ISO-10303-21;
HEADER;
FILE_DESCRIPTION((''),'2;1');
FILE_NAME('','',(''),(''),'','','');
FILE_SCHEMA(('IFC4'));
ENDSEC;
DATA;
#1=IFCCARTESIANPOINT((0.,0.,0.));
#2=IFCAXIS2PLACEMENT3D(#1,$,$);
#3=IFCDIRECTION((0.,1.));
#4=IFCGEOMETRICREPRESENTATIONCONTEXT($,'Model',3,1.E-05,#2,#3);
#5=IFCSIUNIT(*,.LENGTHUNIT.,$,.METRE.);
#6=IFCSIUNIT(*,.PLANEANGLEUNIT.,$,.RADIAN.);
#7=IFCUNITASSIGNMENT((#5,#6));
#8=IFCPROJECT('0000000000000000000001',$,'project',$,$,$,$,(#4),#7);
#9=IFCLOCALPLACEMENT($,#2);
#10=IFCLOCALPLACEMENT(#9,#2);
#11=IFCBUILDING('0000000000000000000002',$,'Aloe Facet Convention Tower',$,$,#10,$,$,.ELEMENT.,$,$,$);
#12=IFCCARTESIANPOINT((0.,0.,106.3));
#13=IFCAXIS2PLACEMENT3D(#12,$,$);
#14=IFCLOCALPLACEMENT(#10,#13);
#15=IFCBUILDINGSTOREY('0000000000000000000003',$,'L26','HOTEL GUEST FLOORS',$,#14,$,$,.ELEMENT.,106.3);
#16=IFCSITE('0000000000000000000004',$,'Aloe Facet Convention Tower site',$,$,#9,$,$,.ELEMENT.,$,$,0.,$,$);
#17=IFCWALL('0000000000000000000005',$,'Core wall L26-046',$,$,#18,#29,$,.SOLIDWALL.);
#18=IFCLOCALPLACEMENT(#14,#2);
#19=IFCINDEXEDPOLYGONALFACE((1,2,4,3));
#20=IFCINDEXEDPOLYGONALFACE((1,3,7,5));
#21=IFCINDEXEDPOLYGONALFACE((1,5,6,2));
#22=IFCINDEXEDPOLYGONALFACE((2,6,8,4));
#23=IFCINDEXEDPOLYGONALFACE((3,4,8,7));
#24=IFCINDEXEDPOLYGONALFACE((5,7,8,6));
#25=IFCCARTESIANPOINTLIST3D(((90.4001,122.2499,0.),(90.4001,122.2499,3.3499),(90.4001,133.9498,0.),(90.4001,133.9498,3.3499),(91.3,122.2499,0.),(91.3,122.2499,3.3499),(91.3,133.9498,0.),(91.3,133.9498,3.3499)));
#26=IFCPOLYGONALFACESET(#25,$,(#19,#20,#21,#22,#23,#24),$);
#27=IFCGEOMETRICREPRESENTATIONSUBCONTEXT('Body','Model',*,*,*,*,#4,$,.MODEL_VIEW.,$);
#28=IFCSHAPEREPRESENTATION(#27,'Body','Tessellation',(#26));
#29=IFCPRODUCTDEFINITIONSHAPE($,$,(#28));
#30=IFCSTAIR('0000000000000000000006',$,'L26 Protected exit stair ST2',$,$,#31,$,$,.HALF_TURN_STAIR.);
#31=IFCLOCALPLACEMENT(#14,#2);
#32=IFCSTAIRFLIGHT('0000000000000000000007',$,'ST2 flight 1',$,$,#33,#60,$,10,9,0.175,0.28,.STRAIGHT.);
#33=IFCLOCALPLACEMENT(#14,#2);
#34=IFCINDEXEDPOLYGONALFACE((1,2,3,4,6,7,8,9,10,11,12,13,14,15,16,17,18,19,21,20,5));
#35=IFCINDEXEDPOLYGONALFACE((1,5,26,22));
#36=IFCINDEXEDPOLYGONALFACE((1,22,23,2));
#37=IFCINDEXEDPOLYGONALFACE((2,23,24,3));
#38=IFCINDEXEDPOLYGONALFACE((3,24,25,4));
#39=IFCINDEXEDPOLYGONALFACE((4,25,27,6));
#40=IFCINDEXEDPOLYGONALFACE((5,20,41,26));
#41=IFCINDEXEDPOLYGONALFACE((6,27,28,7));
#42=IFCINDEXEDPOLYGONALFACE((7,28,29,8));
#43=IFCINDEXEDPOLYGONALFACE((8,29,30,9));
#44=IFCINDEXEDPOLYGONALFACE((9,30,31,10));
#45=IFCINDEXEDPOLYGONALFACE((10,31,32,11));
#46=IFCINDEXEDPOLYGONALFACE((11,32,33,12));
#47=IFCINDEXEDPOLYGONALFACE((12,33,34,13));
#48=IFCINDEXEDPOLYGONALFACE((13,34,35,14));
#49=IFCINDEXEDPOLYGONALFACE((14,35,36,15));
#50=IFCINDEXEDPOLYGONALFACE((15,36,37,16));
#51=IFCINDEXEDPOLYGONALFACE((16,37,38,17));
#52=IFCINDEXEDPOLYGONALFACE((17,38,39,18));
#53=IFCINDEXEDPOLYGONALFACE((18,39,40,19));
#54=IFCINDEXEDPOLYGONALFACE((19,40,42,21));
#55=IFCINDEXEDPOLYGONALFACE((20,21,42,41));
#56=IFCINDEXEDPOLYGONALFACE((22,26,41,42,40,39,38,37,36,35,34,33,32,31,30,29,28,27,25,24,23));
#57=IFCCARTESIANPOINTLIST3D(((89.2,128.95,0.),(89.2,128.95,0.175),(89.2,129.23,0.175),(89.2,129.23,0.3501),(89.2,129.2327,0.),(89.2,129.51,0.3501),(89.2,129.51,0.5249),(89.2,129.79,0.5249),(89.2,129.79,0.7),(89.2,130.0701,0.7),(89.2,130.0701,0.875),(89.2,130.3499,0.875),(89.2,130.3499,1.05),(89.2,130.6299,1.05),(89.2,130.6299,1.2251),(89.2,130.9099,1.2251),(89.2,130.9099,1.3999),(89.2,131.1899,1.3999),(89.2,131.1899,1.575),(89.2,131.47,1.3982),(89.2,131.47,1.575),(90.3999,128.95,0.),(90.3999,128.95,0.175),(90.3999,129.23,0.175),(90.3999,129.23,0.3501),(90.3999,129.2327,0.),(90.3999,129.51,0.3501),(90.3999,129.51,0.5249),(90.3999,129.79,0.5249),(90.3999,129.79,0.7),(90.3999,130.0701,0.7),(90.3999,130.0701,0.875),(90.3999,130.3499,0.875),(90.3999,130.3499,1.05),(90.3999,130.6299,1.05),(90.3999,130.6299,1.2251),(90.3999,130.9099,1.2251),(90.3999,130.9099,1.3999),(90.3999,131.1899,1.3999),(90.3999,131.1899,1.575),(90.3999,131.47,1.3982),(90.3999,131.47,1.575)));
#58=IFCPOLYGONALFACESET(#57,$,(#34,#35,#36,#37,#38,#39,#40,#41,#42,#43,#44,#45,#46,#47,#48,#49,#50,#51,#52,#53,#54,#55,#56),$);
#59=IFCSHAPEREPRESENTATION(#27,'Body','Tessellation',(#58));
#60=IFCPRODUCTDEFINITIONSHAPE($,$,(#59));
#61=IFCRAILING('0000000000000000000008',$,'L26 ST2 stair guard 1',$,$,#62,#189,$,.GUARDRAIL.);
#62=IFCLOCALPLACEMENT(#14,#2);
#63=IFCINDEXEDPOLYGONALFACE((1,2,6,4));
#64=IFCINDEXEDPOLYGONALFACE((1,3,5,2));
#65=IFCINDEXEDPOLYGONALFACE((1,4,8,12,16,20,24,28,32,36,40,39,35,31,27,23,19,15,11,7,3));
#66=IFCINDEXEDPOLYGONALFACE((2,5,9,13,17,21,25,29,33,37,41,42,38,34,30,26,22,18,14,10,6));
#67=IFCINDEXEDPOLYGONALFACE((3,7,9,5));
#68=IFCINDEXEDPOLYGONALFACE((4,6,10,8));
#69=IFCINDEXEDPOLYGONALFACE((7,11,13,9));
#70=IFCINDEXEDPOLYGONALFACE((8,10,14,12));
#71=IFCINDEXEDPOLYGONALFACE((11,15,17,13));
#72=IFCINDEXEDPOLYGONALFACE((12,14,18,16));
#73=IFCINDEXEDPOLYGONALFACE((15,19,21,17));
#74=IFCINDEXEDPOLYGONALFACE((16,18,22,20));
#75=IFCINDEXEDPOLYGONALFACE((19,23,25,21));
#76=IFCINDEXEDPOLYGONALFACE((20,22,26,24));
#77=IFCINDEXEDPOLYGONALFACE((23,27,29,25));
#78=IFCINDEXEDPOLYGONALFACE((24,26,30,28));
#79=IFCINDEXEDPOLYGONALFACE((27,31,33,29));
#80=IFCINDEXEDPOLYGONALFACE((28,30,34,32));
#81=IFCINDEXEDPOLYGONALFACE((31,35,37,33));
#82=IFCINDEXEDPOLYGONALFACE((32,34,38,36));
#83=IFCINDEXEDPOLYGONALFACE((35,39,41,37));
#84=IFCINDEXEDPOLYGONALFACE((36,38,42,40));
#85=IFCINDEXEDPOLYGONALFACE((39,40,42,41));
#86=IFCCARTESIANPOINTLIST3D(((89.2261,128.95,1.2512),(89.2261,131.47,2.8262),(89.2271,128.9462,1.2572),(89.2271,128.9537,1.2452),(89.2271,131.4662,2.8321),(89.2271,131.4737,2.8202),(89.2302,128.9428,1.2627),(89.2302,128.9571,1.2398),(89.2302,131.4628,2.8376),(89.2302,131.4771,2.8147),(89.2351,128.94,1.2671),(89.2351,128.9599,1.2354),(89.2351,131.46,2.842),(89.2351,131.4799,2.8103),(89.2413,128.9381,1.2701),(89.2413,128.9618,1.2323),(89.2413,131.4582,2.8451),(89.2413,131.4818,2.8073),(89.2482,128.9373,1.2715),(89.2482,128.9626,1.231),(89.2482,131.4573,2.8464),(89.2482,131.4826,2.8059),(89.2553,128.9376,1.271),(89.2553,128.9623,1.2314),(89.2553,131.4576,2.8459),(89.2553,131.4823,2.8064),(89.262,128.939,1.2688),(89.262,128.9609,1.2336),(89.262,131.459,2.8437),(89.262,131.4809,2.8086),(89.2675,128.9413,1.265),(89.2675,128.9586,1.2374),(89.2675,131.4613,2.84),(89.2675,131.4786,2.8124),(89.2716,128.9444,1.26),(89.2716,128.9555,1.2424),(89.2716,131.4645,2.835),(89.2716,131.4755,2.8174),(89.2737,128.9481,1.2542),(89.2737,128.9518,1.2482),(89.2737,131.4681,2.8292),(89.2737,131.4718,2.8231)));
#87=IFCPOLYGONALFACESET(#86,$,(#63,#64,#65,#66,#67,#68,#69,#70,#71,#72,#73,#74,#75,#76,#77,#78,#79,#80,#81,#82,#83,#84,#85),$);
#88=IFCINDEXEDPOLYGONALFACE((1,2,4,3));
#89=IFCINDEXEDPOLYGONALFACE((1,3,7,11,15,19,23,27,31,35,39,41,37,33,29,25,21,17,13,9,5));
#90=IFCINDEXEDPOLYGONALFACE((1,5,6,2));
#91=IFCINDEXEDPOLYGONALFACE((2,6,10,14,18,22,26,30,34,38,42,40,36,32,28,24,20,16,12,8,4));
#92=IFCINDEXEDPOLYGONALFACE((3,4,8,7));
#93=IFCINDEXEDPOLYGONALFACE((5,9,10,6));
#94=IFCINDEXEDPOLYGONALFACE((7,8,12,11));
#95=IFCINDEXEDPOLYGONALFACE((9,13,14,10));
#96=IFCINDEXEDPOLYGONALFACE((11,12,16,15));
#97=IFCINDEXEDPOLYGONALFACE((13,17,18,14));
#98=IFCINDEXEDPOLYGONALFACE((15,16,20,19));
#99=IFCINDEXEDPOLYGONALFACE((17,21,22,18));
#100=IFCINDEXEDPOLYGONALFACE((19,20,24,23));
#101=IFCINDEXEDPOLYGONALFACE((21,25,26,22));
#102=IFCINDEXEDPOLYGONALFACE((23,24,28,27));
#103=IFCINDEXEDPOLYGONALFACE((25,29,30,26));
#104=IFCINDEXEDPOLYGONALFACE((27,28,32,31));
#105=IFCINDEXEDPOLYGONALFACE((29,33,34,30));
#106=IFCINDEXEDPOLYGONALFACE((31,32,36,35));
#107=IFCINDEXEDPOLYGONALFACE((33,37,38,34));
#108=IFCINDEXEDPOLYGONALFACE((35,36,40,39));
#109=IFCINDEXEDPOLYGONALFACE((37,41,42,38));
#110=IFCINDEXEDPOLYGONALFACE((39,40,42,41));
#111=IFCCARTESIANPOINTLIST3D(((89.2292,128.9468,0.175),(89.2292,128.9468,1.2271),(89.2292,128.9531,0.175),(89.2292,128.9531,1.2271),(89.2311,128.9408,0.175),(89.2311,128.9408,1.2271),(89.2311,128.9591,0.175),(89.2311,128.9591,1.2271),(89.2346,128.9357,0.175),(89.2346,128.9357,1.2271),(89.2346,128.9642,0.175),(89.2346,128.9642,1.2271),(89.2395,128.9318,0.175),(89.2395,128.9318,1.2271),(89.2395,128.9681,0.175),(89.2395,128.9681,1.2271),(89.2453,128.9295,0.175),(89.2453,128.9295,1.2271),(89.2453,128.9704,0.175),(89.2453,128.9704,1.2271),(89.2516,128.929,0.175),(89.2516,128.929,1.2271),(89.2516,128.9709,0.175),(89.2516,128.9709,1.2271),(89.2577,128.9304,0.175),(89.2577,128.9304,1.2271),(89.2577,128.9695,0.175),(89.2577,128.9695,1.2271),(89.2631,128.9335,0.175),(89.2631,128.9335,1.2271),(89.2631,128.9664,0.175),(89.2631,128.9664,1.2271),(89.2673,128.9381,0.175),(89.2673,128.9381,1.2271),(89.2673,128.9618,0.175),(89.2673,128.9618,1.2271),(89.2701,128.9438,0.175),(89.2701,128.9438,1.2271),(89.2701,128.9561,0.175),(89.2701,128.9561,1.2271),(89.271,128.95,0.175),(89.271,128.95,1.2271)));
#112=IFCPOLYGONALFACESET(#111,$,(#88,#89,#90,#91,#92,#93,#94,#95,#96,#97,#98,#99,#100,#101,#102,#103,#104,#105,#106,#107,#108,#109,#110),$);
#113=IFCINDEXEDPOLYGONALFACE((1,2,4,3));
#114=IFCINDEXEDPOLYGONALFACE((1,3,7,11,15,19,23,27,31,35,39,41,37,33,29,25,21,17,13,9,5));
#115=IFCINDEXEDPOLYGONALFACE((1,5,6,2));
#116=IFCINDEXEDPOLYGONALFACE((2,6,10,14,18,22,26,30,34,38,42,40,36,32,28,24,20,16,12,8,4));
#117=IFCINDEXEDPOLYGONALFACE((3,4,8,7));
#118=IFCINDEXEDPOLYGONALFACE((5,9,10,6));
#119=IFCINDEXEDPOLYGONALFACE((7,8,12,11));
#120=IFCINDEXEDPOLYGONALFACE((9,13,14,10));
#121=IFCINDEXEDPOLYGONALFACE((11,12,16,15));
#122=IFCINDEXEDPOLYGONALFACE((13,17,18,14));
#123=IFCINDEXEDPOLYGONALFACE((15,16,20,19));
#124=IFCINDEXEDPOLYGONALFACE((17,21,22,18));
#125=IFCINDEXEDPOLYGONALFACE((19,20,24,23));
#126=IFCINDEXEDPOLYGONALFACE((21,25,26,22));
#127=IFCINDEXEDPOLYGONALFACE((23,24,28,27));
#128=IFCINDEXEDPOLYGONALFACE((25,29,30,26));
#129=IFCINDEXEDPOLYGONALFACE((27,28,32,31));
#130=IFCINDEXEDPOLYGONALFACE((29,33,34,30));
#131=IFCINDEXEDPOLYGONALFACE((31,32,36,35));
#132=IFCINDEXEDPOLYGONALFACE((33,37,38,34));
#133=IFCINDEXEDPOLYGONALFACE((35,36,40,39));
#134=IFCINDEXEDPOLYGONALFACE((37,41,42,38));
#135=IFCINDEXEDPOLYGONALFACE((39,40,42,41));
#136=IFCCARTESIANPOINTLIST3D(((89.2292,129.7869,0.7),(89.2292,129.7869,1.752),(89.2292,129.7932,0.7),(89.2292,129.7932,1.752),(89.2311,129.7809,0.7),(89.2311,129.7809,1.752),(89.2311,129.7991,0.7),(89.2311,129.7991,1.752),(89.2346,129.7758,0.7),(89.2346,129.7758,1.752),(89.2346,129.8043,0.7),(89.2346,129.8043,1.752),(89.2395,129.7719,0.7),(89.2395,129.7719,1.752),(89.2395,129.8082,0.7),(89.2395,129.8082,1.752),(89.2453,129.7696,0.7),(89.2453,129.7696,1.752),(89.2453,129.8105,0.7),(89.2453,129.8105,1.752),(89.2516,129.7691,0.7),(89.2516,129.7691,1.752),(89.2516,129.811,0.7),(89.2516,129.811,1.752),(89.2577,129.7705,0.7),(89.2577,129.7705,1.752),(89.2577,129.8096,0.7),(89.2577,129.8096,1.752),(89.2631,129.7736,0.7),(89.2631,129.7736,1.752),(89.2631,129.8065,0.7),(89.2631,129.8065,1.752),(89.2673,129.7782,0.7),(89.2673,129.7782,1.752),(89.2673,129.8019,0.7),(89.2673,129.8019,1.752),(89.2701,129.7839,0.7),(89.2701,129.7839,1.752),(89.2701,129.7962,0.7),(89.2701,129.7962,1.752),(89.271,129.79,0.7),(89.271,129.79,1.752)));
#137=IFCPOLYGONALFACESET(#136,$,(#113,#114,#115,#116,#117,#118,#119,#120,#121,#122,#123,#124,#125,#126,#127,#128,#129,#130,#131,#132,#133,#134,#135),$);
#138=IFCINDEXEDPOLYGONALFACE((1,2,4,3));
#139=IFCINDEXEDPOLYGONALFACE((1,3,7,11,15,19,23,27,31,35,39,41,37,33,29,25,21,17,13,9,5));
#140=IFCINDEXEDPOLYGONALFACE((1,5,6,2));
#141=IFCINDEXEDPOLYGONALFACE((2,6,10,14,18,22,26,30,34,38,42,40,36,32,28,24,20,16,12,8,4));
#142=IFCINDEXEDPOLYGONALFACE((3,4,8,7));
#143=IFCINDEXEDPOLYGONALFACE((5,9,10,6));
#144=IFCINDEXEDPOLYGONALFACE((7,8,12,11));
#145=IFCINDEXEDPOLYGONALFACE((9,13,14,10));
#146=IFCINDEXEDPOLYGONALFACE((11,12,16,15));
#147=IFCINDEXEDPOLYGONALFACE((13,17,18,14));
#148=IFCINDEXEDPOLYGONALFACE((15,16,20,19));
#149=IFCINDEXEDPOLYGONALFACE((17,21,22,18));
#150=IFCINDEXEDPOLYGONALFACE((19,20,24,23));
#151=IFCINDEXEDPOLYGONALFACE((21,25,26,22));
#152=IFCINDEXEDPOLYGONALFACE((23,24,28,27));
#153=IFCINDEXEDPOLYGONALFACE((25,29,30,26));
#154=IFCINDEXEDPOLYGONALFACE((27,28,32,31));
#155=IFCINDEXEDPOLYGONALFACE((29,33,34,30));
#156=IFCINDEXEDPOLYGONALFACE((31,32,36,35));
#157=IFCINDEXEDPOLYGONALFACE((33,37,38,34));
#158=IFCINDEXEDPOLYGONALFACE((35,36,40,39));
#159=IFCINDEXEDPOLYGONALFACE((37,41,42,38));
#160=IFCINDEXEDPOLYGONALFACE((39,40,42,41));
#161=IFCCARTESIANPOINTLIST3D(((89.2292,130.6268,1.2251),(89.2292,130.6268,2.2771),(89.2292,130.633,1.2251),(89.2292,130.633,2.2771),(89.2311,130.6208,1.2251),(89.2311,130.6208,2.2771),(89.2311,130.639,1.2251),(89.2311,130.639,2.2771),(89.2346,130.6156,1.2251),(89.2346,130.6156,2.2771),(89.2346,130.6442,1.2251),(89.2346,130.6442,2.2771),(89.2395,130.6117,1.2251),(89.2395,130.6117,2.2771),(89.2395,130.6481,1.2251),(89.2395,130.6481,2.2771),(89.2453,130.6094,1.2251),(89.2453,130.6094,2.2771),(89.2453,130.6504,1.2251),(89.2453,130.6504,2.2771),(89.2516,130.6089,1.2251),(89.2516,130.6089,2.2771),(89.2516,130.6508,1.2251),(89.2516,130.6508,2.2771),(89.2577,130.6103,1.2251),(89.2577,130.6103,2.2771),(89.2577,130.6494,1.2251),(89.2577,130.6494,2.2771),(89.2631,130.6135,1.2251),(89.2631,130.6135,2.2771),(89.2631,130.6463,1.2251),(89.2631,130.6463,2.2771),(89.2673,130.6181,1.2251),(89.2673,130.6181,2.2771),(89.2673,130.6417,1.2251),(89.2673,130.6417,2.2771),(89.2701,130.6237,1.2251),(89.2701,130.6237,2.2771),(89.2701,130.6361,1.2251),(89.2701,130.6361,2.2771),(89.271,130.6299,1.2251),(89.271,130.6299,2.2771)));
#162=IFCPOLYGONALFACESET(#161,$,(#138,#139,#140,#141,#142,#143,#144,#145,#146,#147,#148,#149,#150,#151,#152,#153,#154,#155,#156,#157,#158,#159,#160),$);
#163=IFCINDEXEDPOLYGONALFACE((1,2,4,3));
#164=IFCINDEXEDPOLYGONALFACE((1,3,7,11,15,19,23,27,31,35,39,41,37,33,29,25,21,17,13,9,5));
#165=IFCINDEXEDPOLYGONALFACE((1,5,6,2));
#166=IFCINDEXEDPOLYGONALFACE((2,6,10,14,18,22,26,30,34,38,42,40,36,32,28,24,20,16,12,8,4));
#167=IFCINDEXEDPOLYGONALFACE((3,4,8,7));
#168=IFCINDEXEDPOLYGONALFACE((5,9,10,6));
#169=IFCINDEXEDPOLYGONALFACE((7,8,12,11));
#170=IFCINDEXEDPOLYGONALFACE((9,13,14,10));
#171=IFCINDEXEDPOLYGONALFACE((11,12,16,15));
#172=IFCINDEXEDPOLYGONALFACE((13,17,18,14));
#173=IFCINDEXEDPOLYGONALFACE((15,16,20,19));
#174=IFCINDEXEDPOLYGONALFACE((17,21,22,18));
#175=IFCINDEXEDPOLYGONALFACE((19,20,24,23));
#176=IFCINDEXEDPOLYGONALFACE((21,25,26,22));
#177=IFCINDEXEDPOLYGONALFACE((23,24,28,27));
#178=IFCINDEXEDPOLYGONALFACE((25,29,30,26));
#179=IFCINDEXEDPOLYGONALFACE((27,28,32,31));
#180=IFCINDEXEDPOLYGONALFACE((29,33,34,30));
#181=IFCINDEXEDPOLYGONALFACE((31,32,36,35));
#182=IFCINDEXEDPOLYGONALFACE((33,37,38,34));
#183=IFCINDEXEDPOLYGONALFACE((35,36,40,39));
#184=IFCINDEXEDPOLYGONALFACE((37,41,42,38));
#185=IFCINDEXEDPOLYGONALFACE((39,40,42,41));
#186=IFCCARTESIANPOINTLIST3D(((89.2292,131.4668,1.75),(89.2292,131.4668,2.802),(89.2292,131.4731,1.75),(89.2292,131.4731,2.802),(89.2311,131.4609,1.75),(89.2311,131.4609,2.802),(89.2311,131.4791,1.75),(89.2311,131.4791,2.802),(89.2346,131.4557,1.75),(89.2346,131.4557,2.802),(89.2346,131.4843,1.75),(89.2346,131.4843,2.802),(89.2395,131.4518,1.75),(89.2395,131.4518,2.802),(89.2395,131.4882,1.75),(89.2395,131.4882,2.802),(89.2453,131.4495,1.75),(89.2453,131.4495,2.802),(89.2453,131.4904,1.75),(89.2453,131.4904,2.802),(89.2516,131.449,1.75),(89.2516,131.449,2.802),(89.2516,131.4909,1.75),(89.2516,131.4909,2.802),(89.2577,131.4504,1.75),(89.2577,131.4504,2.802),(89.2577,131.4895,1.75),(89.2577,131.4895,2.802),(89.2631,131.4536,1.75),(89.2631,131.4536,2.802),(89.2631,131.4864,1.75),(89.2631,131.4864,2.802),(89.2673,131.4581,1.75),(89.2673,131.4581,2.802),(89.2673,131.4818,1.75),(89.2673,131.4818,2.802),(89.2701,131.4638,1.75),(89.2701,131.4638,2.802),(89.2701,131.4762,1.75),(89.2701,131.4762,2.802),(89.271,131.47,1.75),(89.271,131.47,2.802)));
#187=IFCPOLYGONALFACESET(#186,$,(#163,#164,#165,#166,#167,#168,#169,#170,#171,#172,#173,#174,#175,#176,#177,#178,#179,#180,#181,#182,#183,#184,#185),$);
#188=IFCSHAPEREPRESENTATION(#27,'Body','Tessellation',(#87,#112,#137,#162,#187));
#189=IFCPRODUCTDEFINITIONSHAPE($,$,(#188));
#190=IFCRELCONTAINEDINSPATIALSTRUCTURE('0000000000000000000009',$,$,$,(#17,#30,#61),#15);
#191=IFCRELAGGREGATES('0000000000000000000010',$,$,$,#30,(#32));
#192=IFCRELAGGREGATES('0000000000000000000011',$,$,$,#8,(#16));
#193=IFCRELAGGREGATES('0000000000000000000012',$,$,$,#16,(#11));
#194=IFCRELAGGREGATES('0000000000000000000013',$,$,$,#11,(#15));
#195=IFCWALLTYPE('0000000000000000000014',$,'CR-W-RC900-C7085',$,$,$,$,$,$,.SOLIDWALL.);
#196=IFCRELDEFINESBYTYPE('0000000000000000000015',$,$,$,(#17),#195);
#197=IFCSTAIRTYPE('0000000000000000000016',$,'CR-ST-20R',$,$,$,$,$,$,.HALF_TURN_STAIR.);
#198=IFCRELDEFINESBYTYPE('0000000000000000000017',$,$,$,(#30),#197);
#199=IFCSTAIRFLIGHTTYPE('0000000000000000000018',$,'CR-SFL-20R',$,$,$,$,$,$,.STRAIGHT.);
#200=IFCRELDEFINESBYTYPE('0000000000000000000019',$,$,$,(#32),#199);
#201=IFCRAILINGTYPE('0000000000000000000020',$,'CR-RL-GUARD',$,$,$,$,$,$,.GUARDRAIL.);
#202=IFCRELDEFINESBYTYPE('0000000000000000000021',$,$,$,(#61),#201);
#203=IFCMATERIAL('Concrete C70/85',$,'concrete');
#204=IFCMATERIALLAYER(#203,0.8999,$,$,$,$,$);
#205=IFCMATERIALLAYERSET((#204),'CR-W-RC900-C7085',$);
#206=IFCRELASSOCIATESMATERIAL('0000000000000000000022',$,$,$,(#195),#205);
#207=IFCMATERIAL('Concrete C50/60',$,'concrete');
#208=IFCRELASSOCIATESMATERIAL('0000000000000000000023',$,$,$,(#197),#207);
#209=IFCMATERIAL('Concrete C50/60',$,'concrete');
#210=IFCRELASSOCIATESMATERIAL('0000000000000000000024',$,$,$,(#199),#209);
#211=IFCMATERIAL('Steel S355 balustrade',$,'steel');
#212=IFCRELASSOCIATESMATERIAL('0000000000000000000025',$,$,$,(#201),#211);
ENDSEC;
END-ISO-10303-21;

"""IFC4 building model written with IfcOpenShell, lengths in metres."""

from ifc_helpers import new_model, si_unit, direction, frame, frame_2d, origin, origin_2d, place, context, subcontext, project, spatial, polyline, rectangle, circle, outline, extrude, material, layer, layer_set, type_object, element, aggregate, save


model = new_model("IFC4")

# Units and contexts
model_context = context("Model", 3, precision=1e-05, world=origin(), true_north=direction((0.0, 1.0)))
body_context = subcontext(model_context, "Body", "Model", "MODEL_VIEW")
ifc_project = project(units=[si_unit("LENGTHUNIT", "METRE"), si_unit("PLANEANGLEUNIT", "RADIAN")], contexts=[model_context])

# Site, building, storey
site_placement = place(None, origin())
site = spatial("IfcSite", under=ifc_project, at=site_placement, Name="Aloe Facet Convention Tower site", CompositionType="ELEMENT", RefElevation=0.0)
building_placement = place(site_placement, origin())
building = spatial("IfcBuilding", under=site, at=building_placement, Name="Aloe Facet Convention Tower", CompositionType="ELEMENT")
storey_placement = place(building_placement, frame((0.0, 0.0, 106.3)))
storey = spatial("IfcBuildingStorey", under=building, at=storey_placement, Name="L26", Description="HOTEL GUEST FLOORS", CompositionType="ELEMENT", Elevation=106.3)

# Wall
ifc_material_1 = material(Name="Concrete C70/85", Category="concrete")
ifc_layer_1 = layer(ifc_material_1, 0.8999)
ifc_layer_set_1 = layer_set([ifc_layer_1], Name="CR-W-RC900-C7085")
wall_type_1 = type_object("IfcWallType", Name="CR-W-RC900-C7085", PredefinedType="SOLIDWALL", material=ifc_layer_set_1)
wall_1_placement = place(storey_placement, frame((90.8501, 133.95, 0.0), z_axis=(0.0, 0.0, 1.0), x_axis=(0.0, -1.0, 0.0)))
element("IfcWall", 1, at=wall_1_placement, inside=storey, type_object=wall_type_1, Name="Core wall L26-046", PredefinedType="SOLIDWALL", context=body_context, shape_type="SweptSolid", body=[
    extrude(rectangle(XDim=11.7, YDim=0.8999, at=frame_2d((5.8501, 0.0))), origin(), (0.0, 0.0, 1.0), 3.3499),
])

# Stair, stair flight
ifc_material_2 = material(Name="Concrete C50/60", Category="concrete")
stair_type = type_object("IfcStairType", Name="CR-ST-20R", PredefinedType="HALF_TURN_STAIR", material=ifc_material_2)
stair_placement = place(storey_placement, origin())
stair = element("IfcStair", 2, at=stair_placement, inside=storey, type_object=stair_type, Name="L26 Protected exit stair ST2", PredefinedType="HALF_TURN_STAIR")
ifc_material_3 = material(Name="Concrete C50/60", Category="concrete")
stair_flight_type = type_object("IfcStairFlightType", Name="CR-SFL-20R", PredefinedType="STRAIGHT", material=ifc_material_3)
stair_flight_placement = place(storey_placement, frame((89.8, 128.95, 0.0), z_axis=(0.0, 0.0, 1.0), x_axis=(0.0, 1.0, 0.0)))
stair_flight = element("IfcStairFlight", 3, at=stair_flight_placement, type_object=stair_flight_type, Name="ST2 flight 1", NumberOfRisers=10, NumberOfTreads=9, PredefinedType="STRAIGHT", RiserHeight=0.175, TreadLength=0.28, context=body_context, shape_type="SweptSolid", body=[
    extrude(outline(polyline([(0.0, 0.0), (0.0, 0.175), (0.28, 0.175), (0.28, 0.3501), (0.5601, 0.3501), (0.5601, 0.5249), (0.8401, 0.5249), (0.8401, 0.7), (1.1201, 0.7), (1.1201, 0.875), (1.3999, 0.875), (1.3999, 1.05), (1.6799, 1.05), (1.6799, 1.2251), (1.96, 1.2251), (1.96, 1.3999), (2.24, 1.3999), (2.24, 1.575), (2.52, 1.575), (2.52, 1.75), (2.52, 1.3982), (0.2827, 0.0), (0.0, 0.0)])), frame((0.0, 0.6001, 0.0), z_axis=(0.0, -1.0, 0.0), x_axis=(1.0, 0.0, 0.0)), (0.0, 0.0, 1.0), 1.2),
])
aggregate(stair, [stair_flight])

# Railing
ifc_material_4 = material(Name="Steel S355 balustrade", Category="steel")
railing_type_1 = type_object("IfcRailingType", Name="CR-RL-GUARD", PredefinedType="GUARDRAIL", material=ifc_material_4)
railing_1_placement = place(storey_placement, frame((89.25, 128.95, 0.175)))
element("IfcRailing", 4, at=railing_1_placement, inside=storey, type_object=railing_type_1, Name="L26 ST2 stair guard 1", PredefinedType="GUARDRAIL", context=body_context, shape_type="SweptSolid", body=[
    extrude(circle(Radius=0.0239, at=origin_2d()), frame((0.0, 0.0, 1.0762), z_axis=(0.0, 0.848008, 0.529984), x_axis=(-1.0, 0.0, 0.0)), (0.0, 0.0, 1.0), 2.9717),
    extrude(circle(Radius=0.021, at=origin_2d()), origin(), (0.0, 0.0, 1.0), 1.052),
    extrude(circle(Radius=0.021, at=origin_2d()), frame((0.0, 0.8401, 0.5249)), (0.0, 0.0, 1.0), 1.052),
    extrude(circle(Radius=0.021, at=origin_2d()), frame((0.0, 1.6799, 1.05)), (0.0, 0.0, 1.0), 1.052),
    extrude(circle(Radius=0.021, at=origin_2d()), frame((0.0, 2.52, 1.575)), (0.0, 0.0, 1.0), 1.052),
])

save(model, "model.ifc")
